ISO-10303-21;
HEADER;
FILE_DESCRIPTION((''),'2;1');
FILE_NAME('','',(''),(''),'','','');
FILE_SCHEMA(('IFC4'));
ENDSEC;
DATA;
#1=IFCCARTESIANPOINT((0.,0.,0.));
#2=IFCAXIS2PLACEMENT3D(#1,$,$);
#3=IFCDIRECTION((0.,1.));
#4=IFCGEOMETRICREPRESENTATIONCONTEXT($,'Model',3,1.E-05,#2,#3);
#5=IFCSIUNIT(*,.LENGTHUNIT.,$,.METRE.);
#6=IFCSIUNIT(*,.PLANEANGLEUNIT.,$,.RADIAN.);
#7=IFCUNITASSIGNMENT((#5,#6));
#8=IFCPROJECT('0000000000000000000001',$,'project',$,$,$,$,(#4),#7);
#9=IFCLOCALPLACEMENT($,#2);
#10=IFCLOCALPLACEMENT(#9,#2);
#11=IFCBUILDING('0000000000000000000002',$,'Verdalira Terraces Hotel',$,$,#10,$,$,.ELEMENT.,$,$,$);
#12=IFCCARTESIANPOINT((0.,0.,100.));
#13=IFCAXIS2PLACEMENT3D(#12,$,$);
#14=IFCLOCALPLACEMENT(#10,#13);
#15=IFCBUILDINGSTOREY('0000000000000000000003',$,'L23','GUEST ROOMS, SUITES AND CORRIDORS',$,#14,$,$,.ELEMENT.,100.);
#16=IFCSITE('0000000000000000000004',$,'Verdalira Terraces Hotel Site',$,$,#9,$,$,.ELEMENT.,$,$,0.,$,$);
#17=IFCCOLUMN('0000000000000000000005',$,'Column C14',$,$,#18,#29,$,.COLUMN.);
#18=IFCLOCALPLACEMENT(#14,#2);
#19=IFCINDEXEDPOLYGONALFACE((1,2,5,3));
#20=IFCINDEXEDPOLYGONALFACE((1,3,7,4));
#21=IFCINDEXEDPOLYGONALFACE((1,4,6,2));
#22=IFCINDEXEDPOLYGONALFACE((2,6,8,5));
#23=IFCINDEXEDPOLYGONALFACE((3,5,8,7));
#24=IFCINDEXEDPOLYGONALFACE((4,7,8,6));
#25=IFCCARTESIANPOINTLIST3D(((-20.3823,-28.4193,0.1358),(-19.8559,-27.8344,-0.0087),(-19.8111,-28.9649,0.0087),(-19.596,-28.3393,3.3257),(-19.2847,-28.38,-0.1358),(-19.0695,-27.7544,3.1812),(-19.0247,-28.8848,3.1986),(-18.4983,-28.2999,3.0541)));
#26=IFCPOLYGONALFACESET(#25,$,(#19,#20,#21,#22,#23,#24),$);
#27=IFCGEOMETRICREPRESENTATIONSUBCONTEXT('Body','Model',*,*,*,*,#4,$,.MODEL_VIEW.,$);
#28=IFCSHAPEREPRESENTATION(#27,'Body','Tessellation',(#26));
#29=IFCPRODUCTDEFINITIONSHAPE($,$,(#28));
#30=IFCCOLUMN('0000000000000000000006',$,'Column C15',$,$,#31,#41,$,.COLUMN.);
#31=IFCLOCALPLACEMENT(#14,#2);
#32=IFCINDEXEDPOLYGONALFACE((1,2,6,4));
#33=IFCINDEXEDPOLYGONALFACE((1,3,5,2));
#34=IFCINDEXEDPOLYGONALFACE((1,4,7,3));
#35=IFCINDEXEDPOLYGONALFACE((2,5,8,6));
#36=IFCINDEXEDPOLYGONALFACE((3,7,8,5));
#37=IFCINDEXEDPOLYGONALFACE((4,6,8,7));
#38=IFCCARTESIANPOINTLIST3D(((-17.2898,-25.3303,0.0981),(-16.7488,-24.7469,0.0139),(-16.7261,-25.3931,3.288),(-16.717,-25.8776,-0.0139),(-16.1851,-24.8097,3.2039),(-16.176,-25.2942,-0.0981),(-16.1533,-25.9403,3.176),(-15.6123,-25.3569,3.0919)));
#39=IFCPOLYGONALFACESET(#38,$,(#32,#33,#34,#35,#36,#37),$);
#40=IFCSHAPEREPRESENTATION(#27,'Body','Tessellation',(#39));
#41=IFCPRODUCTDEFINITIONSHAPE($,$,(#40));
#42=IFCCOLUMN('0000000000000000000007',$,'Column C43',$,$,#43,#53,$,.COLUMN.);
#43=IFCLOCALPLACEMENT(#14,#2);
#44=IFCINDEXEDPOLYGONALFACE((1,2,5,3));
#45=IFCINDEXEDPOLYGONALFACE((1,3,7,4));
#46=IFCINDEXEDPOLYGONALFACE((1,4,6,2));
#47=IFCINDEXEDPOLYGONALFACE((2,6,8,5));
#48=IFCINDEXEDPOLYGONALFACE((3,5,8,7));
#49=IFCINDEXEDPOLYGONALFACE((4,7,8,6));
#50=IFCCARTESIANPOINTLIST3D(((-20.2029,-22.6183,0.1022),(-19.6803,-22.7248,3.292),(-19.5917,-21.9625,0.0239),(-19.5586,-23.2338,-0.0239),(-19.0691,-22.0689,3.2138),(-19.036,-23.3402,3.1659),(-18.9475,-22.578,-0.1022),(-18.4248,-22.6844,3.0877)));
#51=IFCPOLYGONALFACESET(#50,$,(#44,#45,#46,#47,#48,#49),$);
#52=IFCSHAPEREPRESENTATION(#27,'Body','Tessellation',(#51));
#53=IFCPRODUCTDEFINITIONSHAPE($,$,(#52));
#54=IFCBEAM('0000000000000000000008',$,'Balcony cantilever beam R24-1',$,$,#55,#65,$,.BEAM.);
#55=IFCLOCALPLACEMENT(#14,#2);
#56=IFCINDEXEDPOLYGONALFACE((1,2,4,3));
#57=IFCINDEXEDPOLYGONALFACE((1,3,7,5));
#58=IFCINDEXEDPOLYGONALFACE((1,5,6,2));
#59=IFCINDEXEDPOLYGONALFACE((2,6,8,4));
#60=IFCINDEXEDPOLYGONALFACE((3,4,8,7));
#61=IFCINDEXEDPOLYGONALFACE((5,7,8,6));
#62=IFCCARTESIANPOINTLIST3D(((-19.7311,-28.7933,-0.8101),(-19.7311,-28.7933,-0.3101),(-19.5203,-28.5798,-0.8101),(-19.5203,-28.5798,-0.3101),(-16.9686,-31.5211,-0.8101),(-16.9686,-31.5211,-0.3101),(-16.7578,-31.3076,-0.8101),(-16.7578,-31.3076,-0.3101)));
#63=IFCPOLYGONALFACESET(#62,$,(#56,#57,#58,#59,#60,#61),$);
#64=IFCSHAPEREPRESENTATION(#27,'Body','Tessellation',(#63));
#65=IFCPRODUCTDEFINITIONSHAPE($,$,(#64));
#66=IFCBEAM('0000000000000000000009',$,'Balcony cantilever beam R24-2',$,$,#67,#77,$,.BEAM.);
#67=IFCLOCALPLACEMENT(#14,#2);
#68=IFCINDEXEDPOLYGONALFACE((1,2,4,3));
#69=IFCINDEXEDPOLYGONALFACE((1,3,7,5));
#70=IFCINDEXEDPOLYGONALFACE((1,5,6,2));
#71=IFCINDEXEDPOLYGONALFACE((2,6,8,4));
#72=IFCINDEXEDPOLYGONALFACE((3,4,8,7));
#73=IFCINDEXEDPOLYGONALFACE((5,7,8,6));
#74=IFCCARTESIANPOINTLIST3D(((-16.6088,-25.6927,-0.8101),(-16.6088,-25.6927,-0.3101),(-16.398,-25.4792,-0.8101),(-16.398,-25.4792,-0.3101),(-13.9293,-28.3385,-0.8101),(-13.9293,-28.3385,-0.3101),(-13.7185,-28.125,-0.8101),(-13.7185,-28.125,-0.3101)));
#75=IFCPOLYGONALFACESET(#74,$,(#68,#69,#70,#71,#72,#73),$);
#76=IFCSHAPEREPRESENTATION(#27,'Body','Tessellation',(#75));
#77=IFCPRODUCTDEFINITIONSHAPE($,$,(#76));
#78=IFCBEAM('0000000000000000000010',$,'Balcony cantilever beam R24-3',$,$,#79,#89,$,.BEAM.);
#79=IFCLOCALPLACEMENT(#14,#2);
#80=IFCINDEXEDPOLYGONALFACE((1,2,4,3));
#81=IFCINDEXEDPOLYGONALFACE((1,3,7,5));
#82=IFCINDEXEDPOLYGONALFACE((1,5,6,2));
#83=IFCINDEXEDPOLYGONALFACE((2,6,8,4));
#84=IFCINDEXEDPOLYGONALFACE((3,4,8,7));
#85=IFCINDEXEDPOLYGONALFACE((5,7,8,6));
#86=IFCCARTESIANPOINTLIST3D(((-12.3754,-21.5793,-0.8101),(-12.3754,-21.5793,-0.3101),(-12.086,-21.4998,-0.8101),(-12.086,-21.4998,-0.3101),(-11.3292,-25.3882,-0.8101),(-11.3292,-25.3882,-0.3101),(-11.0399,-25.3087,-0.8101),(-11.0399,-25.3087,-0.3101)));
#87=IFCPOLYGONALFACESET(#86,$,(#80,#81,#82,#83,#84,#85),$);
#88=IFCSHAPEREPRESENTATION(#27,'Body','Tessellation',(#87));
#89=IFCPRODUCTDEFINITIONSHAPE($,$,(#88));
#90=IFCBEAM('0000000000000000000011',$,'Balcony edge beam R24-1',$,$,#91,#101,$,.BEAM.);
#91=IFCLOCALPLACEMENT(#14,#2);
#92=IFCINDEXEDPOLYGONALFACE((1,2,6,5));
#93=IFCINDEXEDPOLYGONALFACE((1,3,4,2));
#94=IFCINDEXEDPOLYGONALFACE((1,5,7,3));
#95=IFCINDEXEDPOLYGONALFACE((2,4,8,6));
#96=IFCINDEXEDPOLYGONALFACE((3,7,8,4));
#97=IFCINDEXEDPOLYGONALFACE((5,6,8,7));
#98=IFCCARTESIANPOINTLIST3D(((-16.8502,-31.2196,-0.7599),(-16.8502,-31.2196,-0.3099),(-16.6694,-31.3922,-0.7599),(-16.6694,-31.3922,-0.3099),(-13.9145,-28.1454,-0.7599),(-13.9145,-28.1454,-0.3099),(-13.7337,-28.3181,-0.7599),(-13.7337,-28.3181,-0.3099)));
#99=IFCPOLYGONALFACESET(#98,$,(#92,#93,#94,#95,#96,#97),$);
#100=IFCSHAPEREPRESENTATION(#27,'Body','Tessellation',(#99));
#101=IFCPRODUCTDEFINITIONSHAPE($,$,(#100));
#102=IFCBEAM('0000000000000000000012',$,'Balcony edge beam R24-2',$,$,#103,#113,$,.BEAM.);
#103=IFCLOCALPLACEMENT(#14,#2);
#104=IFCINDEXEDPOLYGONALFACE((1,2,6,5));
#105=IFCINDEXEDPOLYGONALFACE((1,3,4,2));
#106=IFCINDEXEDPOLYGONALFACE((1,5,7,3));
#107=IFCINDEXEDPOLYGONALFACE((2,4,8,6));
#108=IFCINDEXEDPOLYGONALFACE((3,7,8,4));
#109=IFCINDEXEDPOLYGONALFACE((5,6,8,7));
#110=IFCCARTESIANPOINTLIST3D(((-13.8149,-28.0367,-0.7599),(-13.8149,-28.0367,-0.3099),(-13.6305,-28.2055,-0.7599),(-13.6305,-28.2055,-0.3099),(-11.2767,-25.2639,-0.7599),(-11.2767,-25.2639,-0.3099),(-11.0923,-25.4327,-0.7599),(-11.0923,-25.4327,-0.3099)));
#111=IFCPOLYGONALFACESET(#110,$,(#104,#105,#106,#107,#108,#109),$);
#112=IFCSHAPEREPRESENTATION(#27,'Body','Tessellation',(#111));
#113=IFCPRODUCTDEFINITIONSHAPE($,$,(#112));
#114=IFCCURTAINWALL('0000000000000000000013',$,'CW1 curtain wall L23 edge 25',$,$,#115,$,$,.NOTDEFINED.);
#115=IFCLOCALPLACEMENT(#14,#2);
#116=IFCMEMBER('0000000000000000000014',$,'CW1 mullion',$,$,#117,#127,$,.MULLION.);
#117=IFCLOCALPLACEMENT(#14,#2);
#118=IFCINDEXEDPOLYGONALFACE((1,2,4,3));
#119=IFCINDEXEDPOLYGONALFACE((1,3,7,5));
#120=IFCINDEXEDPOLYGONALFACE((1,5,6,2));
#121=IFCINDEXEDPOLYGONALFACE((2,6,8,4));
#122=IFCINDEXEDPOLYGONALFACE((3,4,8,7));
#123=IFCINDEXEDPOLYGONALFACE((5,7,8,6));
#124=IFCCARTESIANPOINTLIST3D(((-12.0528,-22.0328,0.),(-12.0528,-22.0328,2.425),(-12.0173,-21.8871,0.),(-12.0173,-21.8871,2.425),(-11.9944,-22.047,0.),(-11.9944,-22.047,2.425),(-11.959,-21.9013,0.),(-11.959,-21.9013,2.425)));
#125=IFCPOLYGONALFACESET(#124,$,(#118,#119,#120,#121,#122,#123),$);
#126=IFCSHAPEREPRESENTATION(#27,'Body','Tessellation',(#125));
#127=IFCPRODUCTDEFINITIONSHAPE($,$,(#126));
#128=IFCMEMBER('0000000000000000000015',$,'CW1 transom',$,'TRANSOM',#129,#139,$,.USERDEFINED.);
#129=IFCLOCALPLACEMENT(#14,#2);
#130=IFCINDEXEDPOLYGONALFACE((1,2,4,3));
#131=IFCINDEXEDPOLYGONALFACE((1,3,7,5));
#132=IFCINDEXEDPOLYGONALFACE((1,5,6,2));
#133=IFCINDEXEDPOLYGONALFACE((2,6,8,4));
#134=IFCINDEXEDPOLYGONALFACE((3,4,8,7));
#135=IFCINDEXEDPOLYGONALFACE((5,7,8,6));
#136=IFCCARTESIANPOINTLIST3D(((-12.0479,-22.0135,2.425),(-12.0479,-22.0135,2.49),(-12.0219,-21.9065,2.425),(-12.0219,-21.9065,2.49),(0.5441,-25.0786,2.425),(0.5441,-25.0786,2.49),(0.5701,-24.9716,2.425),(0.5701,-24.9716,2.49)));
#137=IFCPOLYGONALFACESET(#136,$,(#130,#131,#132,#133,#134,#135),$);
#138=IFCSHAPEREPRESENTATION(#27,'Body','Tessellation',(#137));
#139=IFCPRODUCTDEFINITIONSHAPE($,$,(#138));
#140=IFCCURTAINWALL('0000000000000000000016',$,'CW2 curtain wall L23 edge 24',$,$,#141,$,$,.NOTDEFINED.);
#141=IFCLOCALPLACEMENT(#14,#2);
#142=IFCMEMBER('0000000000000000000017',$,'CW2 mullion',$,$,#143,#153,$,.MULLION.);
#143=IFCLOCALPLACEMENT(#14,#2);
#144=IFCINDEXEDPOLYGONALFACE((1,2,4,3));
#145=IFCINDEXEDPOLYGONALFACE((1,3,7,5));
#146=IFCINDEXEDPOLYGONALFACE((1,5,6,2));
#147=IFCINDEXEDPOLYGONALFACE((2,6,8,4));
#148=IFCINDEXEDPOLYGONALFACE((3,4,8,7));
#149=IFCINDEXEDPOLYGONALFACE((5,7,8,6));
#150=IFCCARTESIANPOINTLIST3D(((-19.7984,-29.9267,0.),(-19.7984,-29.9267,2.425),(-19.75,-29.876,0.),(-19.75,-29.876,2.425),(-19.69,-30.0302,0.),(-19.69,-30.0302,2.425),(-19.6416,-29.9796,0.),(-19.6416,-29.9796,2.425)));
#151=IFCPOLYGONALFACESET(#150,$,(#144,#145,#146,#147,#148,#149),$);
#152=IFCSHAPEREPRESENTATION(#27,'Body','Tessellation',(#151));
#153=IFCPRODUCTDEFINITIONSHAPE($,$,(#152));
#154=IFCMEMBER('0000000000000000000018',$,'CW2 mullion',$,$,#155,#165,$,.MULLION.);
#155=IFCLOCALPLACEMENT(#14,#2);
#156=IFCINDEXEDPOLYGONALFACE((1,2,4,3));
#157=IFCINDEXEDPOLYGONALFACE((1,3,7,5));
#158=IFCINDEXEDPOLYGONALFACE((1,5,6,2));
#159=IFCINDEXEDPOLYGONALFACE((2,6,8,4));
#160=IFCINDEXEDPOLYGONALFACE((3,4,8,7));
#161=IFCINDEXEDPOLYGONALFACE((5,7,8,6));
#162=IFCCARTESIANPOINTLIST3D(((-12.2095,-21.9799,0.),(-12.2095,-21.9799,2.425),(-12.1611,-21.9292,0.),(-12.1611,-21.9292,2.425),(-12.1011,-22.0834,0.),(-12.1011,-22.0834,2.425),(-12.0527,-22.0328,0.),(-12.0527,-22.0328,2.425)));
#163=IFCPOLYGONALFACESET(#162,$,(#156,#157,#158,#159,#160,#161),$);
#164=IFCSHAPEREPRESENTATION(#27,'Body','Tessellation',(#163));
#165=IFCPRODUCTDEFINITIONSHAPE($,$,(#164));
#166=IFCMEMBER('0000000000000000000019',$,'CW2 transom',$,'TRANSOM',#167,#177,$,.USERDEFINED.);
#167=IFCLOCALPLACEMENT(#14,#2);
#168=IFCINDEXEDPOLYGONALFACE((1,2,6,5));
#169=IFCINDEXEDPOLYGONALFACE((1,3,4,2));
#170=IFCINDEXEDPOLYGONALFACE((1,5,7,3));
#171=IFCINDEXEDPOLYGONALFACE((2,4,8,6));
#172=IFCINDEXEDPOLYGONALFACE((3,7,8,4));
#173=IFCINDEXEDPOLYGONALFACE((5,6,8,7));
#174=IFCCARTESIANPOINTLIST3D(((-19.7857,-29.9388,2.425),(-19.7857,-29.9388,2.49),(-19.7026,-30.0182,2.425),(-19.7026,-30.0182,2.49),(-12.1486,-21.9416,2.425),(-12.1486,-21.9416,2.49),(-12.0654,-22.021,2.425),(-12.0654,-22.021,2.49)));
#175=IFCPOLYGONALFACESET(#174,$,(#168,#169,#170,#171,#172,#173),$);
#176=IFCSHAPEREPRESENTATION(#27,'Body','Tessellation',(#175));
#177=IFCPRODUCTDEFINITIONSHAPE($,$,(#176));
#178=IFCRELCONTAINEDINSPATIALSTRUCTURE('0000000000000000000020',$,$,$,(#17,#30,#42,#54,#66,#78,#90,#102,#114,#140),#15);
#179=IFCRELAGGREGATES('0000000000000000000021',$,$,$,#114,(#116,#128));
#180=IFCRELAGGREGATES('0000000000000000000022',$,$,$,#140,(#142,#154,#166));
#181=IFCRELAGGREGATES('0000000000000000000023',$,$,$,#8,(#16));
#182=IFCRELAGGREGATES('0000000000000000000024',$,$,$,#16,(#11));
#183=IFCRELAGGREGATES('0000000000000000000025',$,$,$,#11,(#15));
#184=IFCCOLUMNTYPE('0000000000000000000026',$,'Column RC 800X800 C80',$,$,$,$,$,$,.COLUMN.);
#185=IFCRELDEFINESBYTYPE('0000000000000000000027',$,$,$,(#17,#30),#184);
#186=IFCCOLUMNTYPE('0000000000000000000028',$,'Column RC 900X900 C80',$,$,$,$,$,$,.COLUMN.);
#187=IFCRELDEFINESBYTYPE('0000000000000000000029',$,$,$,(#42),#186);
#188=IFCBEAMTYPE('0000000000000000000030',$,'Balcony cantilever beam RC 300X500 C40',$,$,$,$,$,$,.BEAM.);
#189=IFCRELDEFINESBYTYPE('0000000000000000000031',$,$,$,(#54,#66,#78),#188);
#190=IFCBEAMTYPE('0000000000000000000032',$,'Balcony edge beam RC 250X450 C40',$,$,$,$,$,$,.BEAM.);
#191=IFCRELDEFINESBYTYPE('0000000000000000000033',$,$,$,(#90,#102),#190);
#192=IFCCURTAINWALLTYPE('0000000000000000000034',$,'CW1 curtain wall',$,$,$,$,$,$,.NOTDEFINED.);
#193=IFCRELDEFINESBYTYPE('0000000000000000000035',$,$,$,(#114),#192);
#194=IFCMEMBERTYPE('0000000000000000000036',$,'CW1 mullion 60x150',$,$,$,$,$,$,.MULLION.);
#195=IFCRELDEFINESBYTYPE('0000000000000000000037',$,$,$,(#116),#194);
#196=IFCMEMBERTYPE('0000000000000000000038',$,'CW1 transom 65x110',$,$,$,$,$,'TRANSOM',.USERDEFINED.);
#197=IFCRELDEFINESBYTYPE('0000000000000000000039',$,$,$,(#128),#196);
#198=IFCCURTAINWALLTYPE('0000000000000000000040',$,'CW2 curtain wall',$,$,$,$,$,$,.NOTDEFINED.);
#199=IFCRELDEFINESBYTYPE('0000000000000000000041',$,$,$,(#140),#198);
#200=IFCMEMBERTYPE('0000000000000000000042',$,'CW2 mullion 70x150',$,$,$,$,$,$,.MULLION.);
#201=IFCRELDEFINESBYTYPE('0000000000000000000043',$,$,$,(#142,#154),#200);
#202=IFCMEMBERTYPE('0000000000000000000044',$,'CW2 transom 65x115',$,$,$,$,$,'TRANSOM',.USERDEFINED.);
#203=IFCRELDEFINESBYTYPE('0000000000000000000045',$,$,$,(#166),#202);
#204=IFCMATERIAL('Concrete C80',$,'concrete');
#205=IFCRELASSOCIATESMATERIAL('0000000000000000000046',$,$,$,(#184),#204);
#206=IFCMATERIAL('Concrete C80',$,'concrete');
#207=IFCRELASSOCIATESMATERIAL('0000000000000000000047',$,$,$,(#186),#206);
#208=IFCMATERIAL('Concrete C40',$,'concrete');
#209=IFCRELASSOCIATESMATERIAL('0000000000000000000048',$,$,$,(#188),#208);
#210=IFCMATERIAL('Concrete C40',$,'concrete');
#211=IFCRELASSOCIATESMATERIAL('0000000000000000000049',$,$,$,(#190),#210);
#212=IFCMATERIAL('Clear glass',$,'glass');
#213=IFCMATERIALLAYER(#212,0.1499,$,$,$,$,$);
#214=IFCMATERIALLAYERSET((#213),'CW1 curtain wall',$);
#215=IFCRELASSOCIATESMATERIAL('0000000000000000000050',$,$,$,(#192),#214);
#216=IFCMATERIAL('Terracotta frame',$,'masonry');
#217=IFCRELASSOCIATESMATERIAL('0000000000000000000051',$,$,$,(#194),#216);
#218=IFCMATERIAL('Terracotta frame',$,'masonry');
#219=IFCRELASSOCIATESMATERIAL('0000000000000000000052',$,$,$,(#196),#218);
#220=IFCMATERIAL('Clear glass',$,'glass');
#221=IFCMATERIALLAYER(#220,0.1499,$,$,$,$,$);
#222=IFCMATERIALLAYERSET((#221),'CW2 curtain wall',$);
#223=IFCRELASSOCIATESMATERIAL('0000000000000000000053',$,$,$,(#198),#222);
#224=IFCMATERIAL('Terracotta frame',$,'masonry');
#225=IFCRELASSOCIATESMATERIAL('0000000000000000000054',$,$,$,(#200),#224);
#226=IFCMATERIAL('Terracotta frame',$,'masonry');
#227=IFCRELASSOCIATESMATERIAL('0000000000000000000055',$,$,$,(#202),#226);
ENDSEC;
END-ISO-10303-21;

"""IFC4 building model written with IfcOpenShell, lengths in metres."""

from ifc_helpers import new_model, si_unit, direction, frame, origin, origin_2d, place, context, subcontext, project, spatial, rectangle, extrude, material, layer, layer_set, material_profile, profile_set, type_object, element, aggregate, save


model = new_model("IFC4")

# Units and contexts
model_context = context("Model", 3, precision=1e-05, world=origin(), true_north=direction((0.0, 1.0)))
body_context = subcontext(model_context, "Body", "Model", "MODEL_VIEW")
ifc_project = project(units=[si_unit("LENGTHUNIT", "METRE"), si_unit("PLANEANGLEUNIT", "RADIAN")], contexts=[model_context])

# Site, building, storey
site_placement = place(None, origin())
site = spatial("IfcSite", under=ifc_project, at=site_placement, Name="Verdalira Terraces Hotel Site", CompositionType="ELEMENT", RefElevation=0.0)
building_placement = place(site_placement, origin())
building = spatial("IfcBuilding", under=site, at=building_placement, Name="Verdalira Terraces Hotel", CompositionType="ELEMENT")
storey_placement = place(building_placement, frame((0.0, 0.0, 100.0)))
storey = spatial("IfcBuildingStorey", under=building, at=storey_placement, Name="L23", Description="GUEST ROOMS, SUITES AND CORRIDORS", CompositionType="ELEMENT", Elevation=100.0)

# Columns
ifc_material_1 = material(Name="Concrete C80", Category="concrete")
ifc_material_profile_1 = material_profile(ifc_material_1, rectangle(XDim=0.8, YDim=0.8, at=origin_2d()), Name="RC 800X800")
ifc_profile_set_1 = profile_set([ifc_material_profile_1], Name="Concrete C80")
column_type_1 = type_object("IfcColumnType", Name="Column RC 800X800 C80", PredefinedType="COLUMN", material=ifc_profile_set_1)
column_1_placement = place(storey_placement, frame((-19.8335, -28.3997, 0.0), z_axis=(0.239281, 0.024366, 0.970645), x_axis=(0.65798, 0.731069, -0.180556)))
element("IfcColumn", 1, at=column_1_placement, inside=storey, type_object=column_type_1, Name="Column C14", PredefinedType="COLUMN", context=body_context, shape_type="SweptSolid", body=[
    extrude(rectangle(XDim=0.8, YDim=0.8, at=origin_2d()), origin(), (0.0, 0.0, 1.0), 3.2864),
])
column_2_placement = place(storey_placement, frame((-16.7329, -25.3123, 0.0), z_axis=(0.173989, -0.019366, 0.984557), x_axis=(0.676156, 0.729217, -0.105146)))
element("IfcColumn", 2, at=column_2_placement, inside=storey, type_object=column_type_1, Name="Column C15", PredefinedType="COLUMN", context=body_context, shape_type="SweptSolid", body=[
    extrude(rectangle(XDim=0.8, YDim=0.8, at=origin_2d()), origin(), (0.0, 0.0, 1.0), 3.24),
])
ifc_material_2 = material(Name="Concrete C80", Category="concrete")
ifc_material_profile_2 = material_profile(ifc_material_2, rectangle(XDim=0.8999, YDim=0.8999, at=origin_2d()), Name="RC 900X900")
ifc_profile_set_2 = profile_set([ifc_material_profile_2], Name="Concrete C80")
column_type_2 = type_object("IfcColumnType", Name="Column RC 900X900 C80", PredefinedType="COLUMN", material=ifc_profile_set_2)
column_3_placement = place(storey_placement, frame((-19.5752, -22.5981, 0.0), z_axis=(0.161616, -0.032912, 0.986305), x_axis=(-0.679179, -0.728802, 0.086971)))
element("IfcColumn", 3, at=column_3_placement, inside=storey, type_object=column_type_2, Name="Column C43", PredefinedType="COLUMN", context=body_context, shape_type="SweptSolid", body=[
    extrude(rectangle(XDim=0.8999, YDim=0.8999, at=origin_2d()), origin(), (0.0, 0.0, 1.0), 3.2341),
])

# Beams
ifc_material_3 = material(Name="Concrete C40", Category="concrete")
ifc_material_profile_3 = material_profile(ifc_material_3, rectangle(XDim=0.3, YDim=0.5, at=origin_2d()), Name="RC 300X500")
ifc_profile_set_3 = profile_set([ifc_material_profile_3], Name="Concrete C40")
beam_type_1 = type_object("IfcBeamType", Name="Balcony cantilever beam RC 300X500 C40", PredefinedType="BEAM", material=ifc_profile_set_3)
beam_1_placement = place(storey_placement, frame((-19.6257, -28.6865, -0.5601), z_axis=(0.711558, -0.702628, 0.0), x_axis=(0.702628, 0.711558, 0.0)))
element("IfcBeam", 4, at=beam_1_placement, inside=storey, type_object=beam_type_1, Name="Balcony cantilever beam R24-1", PredefinedType="BEAM", context=body_context, shape_type="SweptSolid", body=[
    extrude(rectangle(XDim=0.3, YDim=0.5, at=origin_2d()), origin(), (0.0, 0.0, 1.0), 3.8823),
])
beam_2_placement = place(storey_placement, frame((-16.5034, -25.5859, -0.5601), z_axis=(0.711566, -0.702619, 0.0), x_axis=(0.702619, 0.711566, 0.0)))
element("IfcBeam", 5, at=beam_2_placement, inside=storey, type_object=beam_type_1, Name="Balcony cantilever beam R24-2", PredefinedType="BEAM", context=body_context, shape_type="SweptSolid", body=[
    extrude(rectangle(XDim=0.3, YDim=0.5, at=origin_2d()), origin(), (0.0, 0.0, 1.0), 3.7656),
])
beam_3_placement = place(storey_placement, frame((-12.2307, -21.5396, -0.5601), z_axis=(0.264853, -0.964289, 0.0), x_axis=(0.964289, 0.264853, 0.0)))
element("IfcBeam", 6, at=beam_3_placement, inside=storey, type_object=beam_type_1, Name="Balcony cantilever beam R24-3", PredefinedType="BEAM", context=body_context, shape_type="SweptSolid", body=[
    extrude(rectangle(XDim=0.3, YDim=0.5, at=origin_2d()), origin(), (0.0, 0.0, 1.0), 3.95),
])
ifc_material_4 = material(Name="Concrete C40", Category="concrete")
ifc_material_profile_4 = material_profile(ifc_material_4, rectangle(XDim=0.25, YDim=0.45, at=origin_2d()), Name="RC 250X450")
ifc_profile_set_4 = profile_set([ifc_material_profile_4], Name="Concrete C40")
beam_type_2 = type_object("IfcBeamType", Name="Balcony edge beam RC 250X450 C40", PredefinedType="BEAM", material=ifc_profile_set_4)
beam_4_placement = place(storey_placement, frame((-16.7598, -31.3059, -0.5349), z_axis=(0.690637, 0.723202, 0.0), x_axis=(-0.723202, 0.690637, 0.0)))
element("IfcBeam", 7, at=beam_4_placement, inside=storey, type_object=beam_type_2, Name="Balcony edge beam R24-1", PredefinedType="BEAM", context=body_context, shape_type="SweptSolid", body=[
    extrude(rectangle(XDim=0.25, YDim=0.45, at=origin_2d()), origin(), (0.0, 0.0, 1.0), 4.2507),
])
beam_5_placement = place(storey_placement, frame((-13.7227, -28.1211, -0.5349), z_axis=(0.67521, 0.737626, 0.0), x_axis=(-0.737626, 0.67521, 0.0)))
element("IfcBeam", 8, at=beam_5_placement, inside=storey, type_object=beam_type_2, Name="Balcony edge beam R24-2", PredefinedType="BEAM", context=body_context, shape_type="SweptSolid", body=[
    extrude(rectangle(XDim=0.25, YDim=0.45, at=origin_2d()), origin(), (0.0, 0.0, 1.0), 3.759),
])

# Curtain walls, members
ifc_material_5 = material(Name="Clear glass", Category="glass")
ifc_layer_1 = layer(ifc_material_5, 0.1499)
ifc_layer_set_1 = layer_set([ifc_layer_1], Name="CW1 curtain wall")
curtain_wall_type_1 = type_object("IfcCurtainWallType", Name="CW1 curtain wall", PredefinedType="NOTDEFINED", material=ifc_layer_set_1)
curtain_wall_1_placement = place(storey_placement, origin())
curtain_wall_1 = element("IfcCurtainWall", 9, at=curtain_wall_1_placement, inside=storey, type_object=curtain_wall_type_1, Name="CW1 curtain wall L23 edge 25", PredefinedType="NOTDEFINED")
ifc_material_6 = material(Name="Terracotta frame", Category="masonry")
ifc_material_profile_5 = material_profile(ifc_material_6, rectangle(XDim=0.0601, YDim=0.1499, at=origin_2d()), Name="MU 60x150")
ifc_profile_set_5 = profile_set([ifc_material_profile_5], Name="Terracotta frame")
member_type_1 = type_object("IfcMemberType", Name="CW1 mullion 60x150", PredefinedType="MULLION", material=ifc_profile_set_5)
member_1_placement = place(storey_placement, frame((-12.0059, -21.967, 0.0), z_axis=(0.0, 0.0, 1.0), x_axis=(0.971632, -0.236499, 0.0)))
member_1 = element("IfcMember", 10, at=member_1_placement, type_object=member_type_1, Name="CW1 mullion", PredefinedType="MULLION", context=body_context, shape_type="SweptSolid", body=[
    extrude(rectangle(XDim=0.0601, YDim=0.1499, at=origin_2d()), origin(), (0.0, 0.0, 1.0), 2.425),
])
ifc_material_7 = material(Name="Terracotta frame", Category="masonry")
ifc_material_profile_6 = material_profile(ifc_material_7, rectangle(XDim=0.1101, YDim=0.0649, at=origin_2d()), Name="TR 65x110")
ifc_profile_set_6 = profile_set([ifc_material_profile_6], Name="Terracotta frame")
member_type_2 = type_object("IfcMemberType", Name="CW1 transom 65x110", ElementType="TRANSOM", PredefinedType="USERDEFINED", material=ifc_profile_set_6)
member_2_placement = place(storey_placement, frame((-12.0349, -21.96, 2.4575), z_axis=(0.971628, -0.236516, 0.0), x_axis=(0.236516, 0.971628, 0.0)))
member_2 = element("IfcMember", 11, at=member_2_placement, type_object=member_type_2, Name="CW1 transom", ObjectType="TRANSOM", PredefinedType="USERDEFINED", context=body_context, shape_type="SweptSolid", body=[
    extrude(rectangle(XDim=0.1101, YDim=0.0649, at=origin_2d()), origin(), (0.0, 0.0, 1.0), 12.9597),
])
aggregate(curtain_wall_1, [member_1, member_2])
ifc_material_8 = material(Name="Clear glass", Category="glass")
ifc_layer_2 = layer(ifc_material_8, 0.1499)
ifc_layer_set_2 = layer_set([ifc_layer_2], Name="CW2 curtain wall")
curtain_wall_type_2 = type_object("IfcCurtainWallType", Name="CW2 curtain wall", PredefinedType="NOTDEFINED", material=ifc_layer_set_2)
curtain_wall_2_placement = place(storey_placement, origin())
curtain_wall_2 = element("IfcCurtainWall", 12, at=curtain_wall_2_placement, inside=storey, type_object=curtain_wall_type_2, Name="CW2 curtain wall L23 edge 24", PredefinedType="NOTDEFINED")
ifc_material_9 = material(Name="Terracotta frame", Category="masonry")
ifc_material_profile_7 = material_profile(ifc_material_9, rectangle(XDim=0.0701, YDim=0.1499, at=origin_2d()), Name="MU 70x150")
ifc_profile_set_7 = profile_set([ifc_material_profile_7], Name="Terracotta frame")
member_type_3 = type_object("IfcMemberType", Name="CW2 mullion 70x150", PredefinedType="MULLION", material=ifc_profile_set_7)
member_3_placement = place(storey_placement, frame((-19.72, -29.9531, 0.0), z_axis=(0.0, 0.0, 1.0), x_axis=(0.69063, 0.723208, 0.0)))
member_3 = element("IfcMember", 13, at=member_3_placement, type_object=member_type_3, Name="CW2 mullion", PredefinedType="MULLION", context=body_context, shape_type="SweptSolid", body=[
    extrude(rectangle(XDim=0.0701, YDim=0.1499, at=origin_2d()), origin(), (0.0, 0.0, 1.0), 2.425),
])
member_4_placement = place(storey_placement, frame((-12.1311, -22.0063, 0.0), z_axis=(0.0, 0.0, 1.0), x_axis=(0.69063, 0.723208, 0.0)))
member_4 = element("IfcMember", 14, at=member_4_placement, type_object=member_type_3, Name="CW2 mullion", PredefinedType="MULLION", context=body_context, shape_type="SweptSolid", body=[
    extrude(rectangle(XDim=0.0701, YDim=0.1499, at=origin_2d()), origin(), (0.0, 0.0, 1.0), 2.425),
])
ifc_material_10 = material(Name="Terracotta frame", Category="masonry")
ifc_material_profile_8 = material_profile(ifc_material_10, rectangle(XDim=0.115, YDim=0.0649, at=origin_2d()), Name="TR 65x115")
ifc_profile_set_8 = profile_set([ifc_material_profile_8], Name="Terracotta frame")
member_type_4 = type_object("IfcMemberType", Name="CW2 transom 65x115", ElementType="TRANSOM", PredefinedType="USERDEFINED", material=ifc_profile_set_8)
member_5_placement = place(storey_placement, frame((-19.7441, -29.9785, 2.4575), z_axis=(0.690637, 0.723202, 0.0), x_axis=(-0.723202, 0.690637, 0.0)))
member_5 = element("IfcMember", 15, at=member_5_placement, type_object=member_type_4, Name="CW2 transom", ObjectType="TRANSOM", PredefinedType="USERDEFINED", context=body_context, shape_type="SweptSolid", body=[
    extrude(rectangle(XDim=0.115, YDim=0.0649, at=origin_2d()), origin(), (0.0, 0.0, 1.0), 11.0581),
])

aggregate(curtain_wall_2, [member_3, member_4, member_5])

save(model, "model.ifc")
